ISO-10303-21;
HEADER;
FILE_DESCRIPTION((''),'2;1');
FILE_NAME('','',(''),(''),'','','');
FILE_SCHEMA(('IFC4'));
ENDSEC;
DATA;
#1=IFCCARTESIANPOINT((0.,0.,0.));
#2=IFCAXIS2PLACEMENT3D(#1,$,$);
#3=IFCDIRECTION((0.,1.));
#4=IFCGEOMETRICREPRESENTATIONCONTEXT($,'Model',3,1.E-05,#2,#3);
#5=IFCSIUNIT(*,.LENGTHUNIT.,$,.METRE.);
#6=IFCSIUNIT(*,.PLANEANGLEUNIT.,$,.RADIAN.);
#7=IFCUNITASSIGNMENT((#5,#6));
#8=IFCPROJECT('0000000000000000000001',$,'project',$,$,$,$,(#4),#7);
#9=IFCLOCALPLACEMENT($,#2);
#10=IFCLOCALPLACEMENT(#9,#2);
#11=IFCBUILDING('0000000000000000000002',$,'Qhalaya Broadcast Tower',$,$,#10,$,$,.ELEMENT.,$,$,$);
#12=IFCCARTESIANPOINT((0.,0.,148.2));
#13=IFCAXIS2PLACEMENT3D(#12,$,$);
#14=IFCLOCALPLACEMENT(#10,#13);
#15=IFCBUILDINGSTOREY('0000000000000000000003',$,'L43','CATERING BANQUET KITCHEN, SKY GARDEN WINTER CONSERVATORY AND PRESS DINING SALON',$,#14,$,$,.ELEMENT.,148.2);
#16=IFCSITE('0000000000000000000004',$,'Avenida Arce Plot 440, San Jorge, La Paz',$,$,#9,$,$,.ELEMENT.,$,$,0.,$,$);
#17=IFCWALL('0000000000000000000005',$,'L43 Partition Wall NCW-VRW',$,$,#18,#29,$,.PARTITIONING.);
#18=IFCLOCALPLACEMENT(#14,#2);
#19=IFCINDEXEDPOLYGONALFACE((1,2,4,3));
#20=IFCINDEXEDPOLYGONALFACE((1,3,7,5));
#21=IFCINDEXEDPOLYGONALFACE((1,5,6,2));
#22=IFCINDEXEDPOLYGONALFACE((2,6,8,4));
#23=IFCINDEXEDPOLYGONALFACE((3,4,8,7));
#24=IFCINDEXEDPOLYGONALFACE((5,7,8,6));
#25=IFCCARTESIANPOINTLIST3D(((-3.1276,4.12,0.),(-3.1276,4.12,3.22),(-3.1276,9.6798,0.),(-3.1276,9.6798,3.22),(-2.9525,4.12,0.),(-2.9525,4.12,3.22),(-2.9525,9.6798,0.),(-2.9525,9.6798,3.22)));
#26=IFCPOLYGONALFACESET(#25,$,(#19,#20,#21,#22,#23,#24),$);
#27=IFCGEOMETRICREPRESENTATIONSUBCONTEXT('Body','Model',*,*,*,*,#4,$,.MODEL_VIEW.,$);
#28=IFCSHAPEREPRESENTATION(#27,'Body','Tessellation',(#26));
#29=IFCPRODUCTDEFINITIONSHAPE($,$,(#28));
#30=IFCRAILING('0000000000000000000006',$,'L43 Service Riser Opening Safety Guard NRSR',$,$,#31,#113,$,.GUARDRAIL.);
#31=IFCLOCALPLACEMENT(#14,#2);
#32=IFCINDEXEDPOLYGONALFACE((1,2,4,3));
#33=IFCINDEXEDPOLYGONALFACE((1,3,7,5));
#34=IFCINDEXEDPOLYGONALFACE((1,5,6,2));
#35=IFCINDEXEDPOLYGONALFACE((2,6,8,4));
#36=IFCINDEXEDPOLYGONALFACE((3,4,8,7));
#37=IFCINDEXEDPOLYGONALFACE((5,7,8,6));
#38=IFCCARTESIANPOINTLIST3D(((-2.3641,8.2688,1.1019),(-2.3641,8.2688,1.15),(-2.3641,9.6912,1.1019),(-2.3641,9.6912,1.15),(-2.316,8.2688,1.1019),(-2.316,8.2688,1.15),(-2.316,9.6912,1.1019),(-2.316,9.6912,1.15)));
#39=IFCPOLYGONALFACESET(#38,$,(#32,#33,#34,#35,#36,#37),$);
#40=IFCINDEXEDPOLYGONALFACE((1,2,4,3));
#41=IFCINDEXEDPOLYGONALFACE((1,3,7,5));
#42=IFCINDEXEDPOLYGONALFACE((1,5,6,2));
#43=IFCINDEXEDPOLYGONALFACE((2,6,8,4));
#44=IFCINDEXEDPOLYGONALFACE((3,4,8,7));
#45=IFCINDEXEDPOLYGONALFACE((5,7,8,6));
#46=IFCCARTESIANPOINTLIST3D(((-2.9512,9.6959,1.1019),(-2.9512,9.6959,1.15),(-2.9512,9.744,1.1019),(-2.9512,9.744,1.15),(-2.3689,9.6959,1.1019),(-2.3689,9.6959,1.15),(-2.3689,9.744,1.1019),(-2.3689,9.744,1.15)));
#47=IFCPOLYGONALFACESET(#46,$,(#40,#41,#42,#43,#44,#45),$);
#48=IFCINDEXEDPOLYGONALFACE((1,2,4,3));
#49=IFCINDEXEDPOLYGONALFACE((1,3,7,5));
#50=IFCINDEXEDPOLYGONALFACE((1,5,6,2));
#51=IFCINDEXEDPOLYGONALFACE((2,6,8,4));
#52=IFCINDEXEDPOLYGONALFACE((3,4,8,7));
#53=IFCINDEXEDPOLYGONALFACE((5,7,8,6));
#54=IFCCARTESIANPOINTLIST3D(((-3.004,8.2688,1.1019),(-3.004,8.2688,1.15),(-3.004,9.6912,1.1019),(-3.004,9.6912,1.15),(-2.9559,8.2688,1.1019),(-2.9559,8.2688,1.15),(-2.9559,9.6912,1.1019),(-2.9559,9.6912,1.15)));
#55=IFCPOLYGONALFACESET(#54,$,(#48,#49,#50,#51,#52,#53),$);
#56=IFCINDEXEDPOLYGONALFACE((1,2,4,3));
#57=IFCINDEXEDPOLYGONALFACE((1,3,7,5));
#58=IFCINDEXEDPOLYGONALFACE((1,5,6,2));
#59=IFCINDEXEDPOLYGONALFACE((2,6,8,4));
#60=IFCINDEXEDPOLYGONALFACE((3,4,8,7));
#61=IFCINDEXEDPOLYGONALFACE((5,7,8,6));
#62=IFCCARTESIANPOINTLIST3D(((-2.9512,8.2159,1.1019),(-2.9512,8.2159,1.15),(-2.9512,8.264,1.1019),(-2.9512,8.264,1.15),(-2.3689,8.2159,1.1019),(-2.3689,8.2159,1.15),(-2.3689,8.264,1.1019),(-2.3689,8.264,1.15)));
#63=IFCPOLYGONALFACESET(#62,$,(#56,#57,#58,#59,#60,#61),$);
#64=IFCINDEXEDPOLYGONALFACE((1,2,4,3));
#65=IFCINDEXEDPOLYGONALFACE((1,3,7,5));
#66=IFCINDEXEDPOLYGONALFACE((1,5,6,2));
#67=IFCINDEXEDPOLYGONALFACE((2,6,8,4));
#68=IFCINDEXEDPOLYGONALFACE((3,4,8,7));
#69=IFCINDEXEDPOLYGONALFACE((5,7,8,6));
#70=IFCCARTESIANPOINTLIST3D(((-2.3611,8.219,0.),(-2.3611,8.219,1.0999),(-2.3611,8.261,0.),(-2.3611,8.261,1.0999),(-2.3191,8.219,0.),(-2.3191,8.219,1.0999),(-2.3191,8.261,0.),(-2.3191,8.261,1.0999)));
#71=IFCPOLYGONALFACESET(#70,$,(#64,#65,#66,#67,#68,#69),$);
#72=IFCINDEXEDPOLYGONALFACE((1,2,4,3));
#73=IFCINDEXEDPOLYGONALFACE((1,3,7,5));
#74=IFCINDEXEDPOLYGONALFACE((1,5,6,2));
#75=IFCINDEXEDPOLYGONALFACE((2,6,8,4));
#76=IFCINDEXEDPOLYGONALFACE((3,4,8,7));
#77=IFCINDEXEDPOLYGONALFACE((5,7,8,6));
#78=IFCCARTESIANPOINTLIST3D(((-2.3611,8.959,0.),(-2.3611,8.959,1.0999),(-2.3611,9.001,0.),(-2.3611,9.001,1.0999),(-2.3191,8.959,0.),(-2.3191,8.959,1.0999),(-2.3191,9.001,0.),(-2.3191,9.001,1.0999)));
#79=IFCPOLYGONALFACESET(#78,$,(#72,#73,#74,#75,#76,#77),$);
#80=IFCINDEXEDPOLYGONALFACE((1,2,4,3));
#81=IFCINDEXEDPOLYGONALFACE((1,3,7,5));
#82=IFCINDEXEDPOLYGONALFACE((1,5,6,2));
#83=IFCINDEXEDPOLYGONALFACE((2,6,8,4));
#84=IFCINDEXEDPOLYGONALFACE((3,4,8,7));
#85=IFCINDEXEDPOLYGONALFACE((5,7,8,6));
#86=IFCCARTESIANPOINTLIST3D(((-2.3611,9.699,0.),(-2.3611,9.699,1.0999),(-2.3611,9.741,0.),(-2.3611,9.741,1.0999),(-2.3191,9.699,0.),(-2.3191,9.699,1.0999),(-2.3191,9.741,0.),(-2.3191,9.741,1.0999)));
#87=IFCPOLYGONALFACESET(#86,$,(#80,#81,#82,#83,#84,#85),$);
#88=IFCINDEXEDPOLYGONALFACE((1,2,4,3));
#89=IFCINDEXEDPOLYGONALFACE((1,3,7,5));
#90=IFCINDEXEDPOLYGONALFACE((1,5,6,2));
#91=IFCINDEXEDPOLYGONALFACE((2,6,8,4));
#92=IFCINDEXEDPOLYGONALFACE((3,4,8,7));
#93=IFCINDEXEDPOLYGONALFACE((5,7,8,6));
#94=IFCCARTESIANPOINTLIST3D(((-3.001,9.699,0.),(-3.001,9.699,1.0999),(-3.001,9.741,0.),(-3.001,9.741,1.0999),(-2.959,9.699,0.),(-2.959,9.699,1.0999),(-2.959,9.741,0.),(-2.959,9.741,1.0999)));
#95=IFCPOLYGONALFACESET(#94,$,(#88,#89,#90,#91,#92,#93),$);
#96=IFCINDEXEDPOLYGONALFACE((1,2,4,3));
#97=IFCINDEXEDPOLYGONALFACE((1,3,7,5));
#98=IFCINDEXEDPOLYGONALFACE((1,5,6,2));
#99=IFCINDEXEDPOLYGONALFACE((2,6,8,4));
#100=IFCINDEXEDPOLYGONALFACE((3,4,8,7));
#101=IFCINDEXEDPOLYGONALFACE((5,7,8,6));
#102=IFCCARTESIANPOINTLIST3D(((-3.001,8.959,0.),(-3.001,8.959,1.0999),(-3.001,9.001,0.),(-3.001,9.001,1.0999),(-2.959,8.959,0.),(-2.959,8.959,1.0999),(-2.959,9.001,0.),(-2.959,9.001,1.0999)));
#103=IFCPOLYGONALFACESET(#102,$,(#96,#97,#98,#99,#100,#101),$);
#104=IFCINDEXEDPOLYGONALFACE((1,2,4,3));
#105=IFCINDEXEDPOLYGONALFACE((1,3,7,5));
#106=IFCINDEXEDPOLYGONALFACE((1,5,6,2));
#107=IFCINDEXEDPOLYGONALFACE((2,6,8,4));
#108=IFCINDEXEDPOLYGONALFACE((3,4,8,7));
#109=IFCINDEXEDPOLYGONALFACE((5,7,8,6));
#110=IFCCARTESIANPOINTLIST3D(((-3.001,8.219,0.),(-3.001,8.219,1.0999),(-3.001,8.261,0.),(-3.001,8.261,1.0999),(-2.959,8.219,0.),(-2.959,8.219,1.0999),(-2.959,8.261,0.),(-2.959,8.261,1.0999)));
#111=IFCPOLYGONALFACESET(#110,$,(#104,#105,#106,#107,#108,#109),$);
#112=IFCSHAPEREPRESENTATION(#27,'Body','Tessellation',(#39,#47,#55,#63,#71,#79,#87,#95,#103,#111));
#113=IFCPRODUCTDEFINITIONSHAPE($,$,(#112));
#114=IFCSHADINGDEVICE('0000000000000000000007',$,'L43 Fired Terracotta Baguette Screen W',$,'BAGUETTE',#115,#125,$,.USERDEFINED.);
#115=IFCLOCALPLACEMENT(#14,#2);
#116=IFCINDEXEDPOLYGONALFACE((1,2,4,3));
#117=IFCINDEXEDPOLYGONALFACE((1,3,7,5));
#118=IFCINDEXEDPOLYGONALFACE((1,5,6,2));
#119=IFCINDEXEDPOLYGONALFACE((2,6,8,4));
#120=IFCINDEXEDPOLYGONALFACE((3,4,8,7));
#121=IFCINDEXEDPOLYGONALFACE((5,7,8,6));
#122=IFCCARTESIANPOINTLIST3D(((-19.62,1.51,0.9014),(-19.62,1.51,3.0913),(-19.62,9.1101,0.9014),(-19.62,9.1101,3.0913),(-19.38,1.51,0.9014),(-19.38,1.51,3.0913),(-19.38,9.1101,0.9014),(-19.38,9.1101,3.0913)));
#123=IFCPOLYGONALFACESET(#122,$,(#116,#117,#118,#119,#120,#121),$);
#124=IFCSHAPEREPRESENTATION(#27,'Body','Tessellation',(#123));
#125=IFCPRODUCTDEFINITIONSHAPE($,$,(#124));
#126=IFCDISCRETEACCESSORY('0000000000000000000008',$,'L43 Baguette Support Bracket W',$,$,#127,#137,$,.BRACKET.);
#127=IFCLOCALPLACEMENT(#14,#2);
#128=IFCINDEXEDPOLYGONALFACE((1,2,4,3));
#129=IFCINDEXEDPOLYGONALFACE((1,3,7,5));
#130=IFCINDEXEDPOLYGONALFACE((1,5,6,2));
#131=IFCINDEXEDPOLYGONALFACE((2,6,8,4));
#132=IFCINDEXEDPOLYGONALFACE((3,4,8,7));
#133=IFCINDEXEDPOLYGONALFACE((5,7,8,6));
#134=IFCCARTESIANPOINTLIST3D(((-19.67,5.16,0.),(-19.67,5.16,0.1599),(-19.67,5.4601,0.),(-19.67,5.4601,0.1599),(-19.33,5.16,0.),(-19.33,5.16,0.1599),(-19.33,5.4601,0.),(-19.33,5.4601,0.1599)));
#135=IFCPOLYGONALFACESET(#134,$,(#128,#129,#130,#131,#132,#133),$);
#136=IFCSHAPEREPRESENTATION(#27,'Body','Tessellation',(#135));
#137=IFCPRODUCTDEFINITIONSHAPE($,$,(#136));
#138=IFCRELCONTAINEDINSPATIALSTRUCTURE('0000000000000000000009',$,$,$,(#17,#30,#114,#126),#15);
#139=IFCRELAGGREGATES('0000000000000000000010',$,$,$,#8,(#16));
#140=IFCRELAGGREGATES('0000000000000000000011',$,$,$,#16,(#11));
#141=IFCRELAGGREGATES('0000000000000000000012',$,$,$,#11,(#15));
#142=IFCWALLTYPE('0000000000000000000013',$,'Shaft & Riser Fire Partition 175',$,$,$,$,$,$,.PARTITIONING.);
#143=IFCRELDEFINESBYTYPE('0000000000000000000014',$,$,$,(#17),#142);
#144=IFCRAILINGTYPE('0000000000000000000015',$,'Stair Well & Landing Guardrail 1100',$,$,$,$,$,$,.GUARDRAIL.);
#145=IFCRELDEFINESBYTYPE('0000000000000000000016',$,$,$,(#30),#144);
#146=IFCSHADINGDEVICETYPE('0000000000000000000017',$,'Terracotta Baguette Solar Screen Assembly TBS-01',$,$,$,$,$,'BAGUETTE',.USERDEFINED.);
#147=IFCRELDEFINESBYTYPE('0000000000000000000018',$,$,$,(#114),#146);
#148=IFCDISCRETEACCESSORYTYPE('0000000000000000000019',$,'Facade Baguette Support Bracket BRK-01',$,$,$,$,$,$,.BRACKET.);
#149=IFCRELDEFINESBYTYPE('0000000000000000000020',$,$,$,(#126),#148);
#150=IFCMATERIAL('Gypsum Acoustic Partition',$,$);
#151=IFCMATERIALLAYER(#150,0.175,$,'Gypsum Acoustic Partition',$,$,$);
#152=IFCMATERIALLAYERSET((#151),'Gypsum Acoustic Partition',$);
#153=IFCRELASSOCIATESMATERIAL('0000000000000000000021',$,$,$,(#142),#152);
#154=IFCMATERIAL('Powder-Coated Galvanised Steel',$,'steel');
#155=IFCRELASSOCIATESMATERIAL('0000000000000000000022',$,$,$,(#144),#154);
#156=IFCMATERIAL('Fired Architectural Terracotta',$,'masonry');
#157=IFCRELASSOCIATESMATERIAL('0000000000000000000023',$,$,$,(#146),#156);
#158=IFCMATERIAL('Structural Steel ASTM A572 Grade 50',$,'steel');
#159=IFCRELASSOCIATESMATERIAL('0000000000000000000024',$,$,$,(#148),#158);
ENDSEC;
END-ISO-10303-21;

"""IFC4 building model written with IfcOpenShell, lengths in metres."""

from ifc_helpers import new_model, si_unit, direction, frame, frame_2d, origin, origin_2d, place, context, subcontext, project, spatial, rectangle, extrude, material, layer, layer_set, type_object, element, save


model = new_model("IFC4")

# Units and contexts
model_context = context("Model", 3, precision=1e-05, world=origin(), true_north=direction((0.0, 1.0)))
body_context = subcontext(model_context, "Body", "Model", "MODEL_VIEW")
ifc_project = project(units=[si_unit("LENGTHUNIT", "METRE"), si_unit("PLANEANGLEUNIT", "RADIAN")], contexts=[model_context])

# Site, building, storey
site_placement = place(None, origin())
site = spatial("IfcSite", under=ifc_project, at=site_placement, Name="Avenida Arce Plot 440, San Jorge, La Paz", CompositionType="ELEMENT", RefElevation=0.0)
building_placement = place(site_placement, origin())
building = spatial("IfcBuilding", under=site, at=building_placement, Name="Qhalaya Broadcast Tower", CompositionType="ELEMENT")
storey_placement = place(building_placement, frame((0.0, 0.0, 148.2)))
storey = spatial("IfcBuildingStorey", under=building, at=storey_placement, Name="L43", Description="CATERING BANQUET KITCHEN, SKY GARDEN WINTER CONSERVATORY AND PRESS DINING SALON", CompositionType="ELEMENT", Elevation=148.2)

# Shared definitions
ifc_material_1 = material(Name="Structural Steel ASTM A572 Grade 50", Category="steel")

# Shared definitions
ifc_material_2 = material(Name="Gypsum Acoustic Partition")

# Wall
ifc_layer_1 = layer(ifc_material_2, 0.175, Name="Gypsum Acoustic Partition")
ifc_layer_set_1 = layer_set([ifc_layer_1], Name="Gypsum Acoustic Partition")
wall_type_1 = type_object("IfcWallType", Name="Shaft & Riser Fire Partition 175", PredefinedType="PARTITIONING", material=ifc_layer_set_1)
wall_1_placement = place(storey_placement, frame((-3.04, 4.1201, 0.0), z_axis=(0.0, 0.0, 1.0), x_axis=(0.0, 1.0, 0.0)))
element("IfcWall", 1, at=wall_1_placement, inside=storey, type_object=wall_type_1, Name="L43 Partition Wall NCW-VRW", PredefinedType="PARTITIONING", context=body_context, shape_type="SweptSolid", body=[
    extrude(rectangle(XDim=5.5598, YDim=0.175, at=frame_2d((2.7798, 0.0))), origin(), (0.0, 0.0, 1.0), 3.22),
])

# Railing
ifc_material_3 = material(Name="Powder-Coated Galvanised Steel", Category="steel")
railing_type = type_object("IfcRailingType", Name="Stair Well & Landing Guardrail 1100", PredefinedType="GUARDRAIL", material=ifc_material_3)
railing_placement = place(storey_placement, frame((-2.3401, 8.24, 0.0)))
element("IfcRailing", 2, at=railing_placement, inside=storey, type_object=railing_type, Name="L43 Service Riser Opening Safety Guard NRSR", PredefinedType="GUARDRAIL", context=body_context, shape_type="SweptSolid", body=[
    extrude(rectangle(XDim=0.0481, YDim=0.0481, at=origin_2d()), frame((0.0, 0.0288, 1.126), z_axis=(0.0, 1.0, 0.0), x_axis=(-1.0, 0.0, 0.0)), (0.0, 0.0, 1.0), 1.4224),
    extrude(rectangle(XDim=0.0481, YDim=0.0481, at=origin_2d()), frame((-0.0288, 1.48, 1.126), z_axis=(-1.0, 0.0, 0.0), x_axis=(0.0, -1.0, 0.0)), (0.0, 0.0, 1.0), 0.5823),
    extrude(rectangle(XDim=0.0481, YDim=0.0481, at=origin_2d()), frame((-0.6399, 1.4512, 1.126), z_axis=(0.0, -1.0, 0.0), x_axis=(1.0, 0.0, 0.0)), (0.0, 0.0, 1.0), 1.4224),
    extrude(rectangle(XDim=0.0481, YDim=0.0481, at=origin_2d()), frame((-0.6111, 0.0, 1.126), z_axis=(1.0, 0.0, 0.0), x_axis=(0.0, 1.0, 0.0)), (0.0, 0.0, 1.0), 0.5823),
    extrude(rectangle(XDim=0.042, YDim=0.042, at=origin_2d()), origin(), (0.0, 0.0, 1.0), 1.0999),
    extrude(rectangle(XDim=0.042, YDim=0.042, at=origin_2d()), frame((0.0, 0.74, 0.0)), (0.0, 0.0, 1.0), 1.0999),
    extrude(rectangle(XDim=0.042, YDim=0.042, at=origin_2d()), frame((0.0, 1.48, 0.0)), (0.0, 0.0, 1.0), 1.0999),
    extrude(rectangle(XDim=0.042, YDim=0.042, at=origin_2d()), frame((-0.6399, 1.48, 0.0)), (0.0, 0.0, 1.0), 1.0999),
    extrude(rectangle(XDim=0.042, YDim=0.042, at=origin_2d()), frame((-0.6399, 0.74, 0.0)), (0.0, 0.0, 1.0), 1.0999),
    extrude(rectangle(XDim=0.042, YDim=0.042, at=origin_2d()), frame((-0.6399, 0.0, 0.0)), (0.0, 0.0, 1.0), 1.0999),
])

# Shading device
ifc_material_4 = material(Name="Fired Architectural Terracotta", Category="masonry")
shading_device_type = type_object("IfcShadingDeviceType", Name="Terracotta Baguette Solar Screen Assembly TBS-01", ElementType="BAGUETTE", PredefinedType="USERDEFINED", material=ifc_material_4)
shading_device_placement = place(storey_placement, frame((-19.5, 5.3101, 0.9014), z_axis=(0.0, 0.0, 1.0), x_axis=(0.0, -1.0, 0.0)))
element("IfcShadingDevice", 3, at=shading_device_placement, inside=storey, type_object=shading_device_type, Name="L43 Fired Terracotta Baguette Screen W", ObjectType="BAGUETTE", PredefinedType="USERDEFINED", context=body_context, shape_type="SweptSolid", body=[
    extrude(rectangle(XDim=7.6001, YDim=0.24, at=origin_2d()), origin(), (0.0, 0.0, 1.0), 2.1899),
])

# Discrete accessory
discrete_accessory_type = type_object("IfcDiscreteAccessoryType", Name="Facade Baguette Support Bracket BRK-01", PredefinedType="BRACKET", material=ifc_material_1)
discrete_accessory_placement = place(storey_placement, frame((-19.5, 5.3101, 0.0), z_axis=(0.0, 0.0, 1.0), x_axis=(0.0, -1.0, 0.0)))
element("IfcDiscreteAccessory", 4, at=discrete_accessory_placement, inside=storey, type_object=discrete_accessory_type, Name="L43 Baguette Support Bracket W", PredefinedType="BRACKET", context=body_context, shape_type="SweptSolid", body=[
    extrude(rectangle(XDim=0.3, YDim=0.3401, at=origin_2d()), origin(), (0.0, 0.0, 1.0), 0.1599),
])

save(model, "model.ifc")
